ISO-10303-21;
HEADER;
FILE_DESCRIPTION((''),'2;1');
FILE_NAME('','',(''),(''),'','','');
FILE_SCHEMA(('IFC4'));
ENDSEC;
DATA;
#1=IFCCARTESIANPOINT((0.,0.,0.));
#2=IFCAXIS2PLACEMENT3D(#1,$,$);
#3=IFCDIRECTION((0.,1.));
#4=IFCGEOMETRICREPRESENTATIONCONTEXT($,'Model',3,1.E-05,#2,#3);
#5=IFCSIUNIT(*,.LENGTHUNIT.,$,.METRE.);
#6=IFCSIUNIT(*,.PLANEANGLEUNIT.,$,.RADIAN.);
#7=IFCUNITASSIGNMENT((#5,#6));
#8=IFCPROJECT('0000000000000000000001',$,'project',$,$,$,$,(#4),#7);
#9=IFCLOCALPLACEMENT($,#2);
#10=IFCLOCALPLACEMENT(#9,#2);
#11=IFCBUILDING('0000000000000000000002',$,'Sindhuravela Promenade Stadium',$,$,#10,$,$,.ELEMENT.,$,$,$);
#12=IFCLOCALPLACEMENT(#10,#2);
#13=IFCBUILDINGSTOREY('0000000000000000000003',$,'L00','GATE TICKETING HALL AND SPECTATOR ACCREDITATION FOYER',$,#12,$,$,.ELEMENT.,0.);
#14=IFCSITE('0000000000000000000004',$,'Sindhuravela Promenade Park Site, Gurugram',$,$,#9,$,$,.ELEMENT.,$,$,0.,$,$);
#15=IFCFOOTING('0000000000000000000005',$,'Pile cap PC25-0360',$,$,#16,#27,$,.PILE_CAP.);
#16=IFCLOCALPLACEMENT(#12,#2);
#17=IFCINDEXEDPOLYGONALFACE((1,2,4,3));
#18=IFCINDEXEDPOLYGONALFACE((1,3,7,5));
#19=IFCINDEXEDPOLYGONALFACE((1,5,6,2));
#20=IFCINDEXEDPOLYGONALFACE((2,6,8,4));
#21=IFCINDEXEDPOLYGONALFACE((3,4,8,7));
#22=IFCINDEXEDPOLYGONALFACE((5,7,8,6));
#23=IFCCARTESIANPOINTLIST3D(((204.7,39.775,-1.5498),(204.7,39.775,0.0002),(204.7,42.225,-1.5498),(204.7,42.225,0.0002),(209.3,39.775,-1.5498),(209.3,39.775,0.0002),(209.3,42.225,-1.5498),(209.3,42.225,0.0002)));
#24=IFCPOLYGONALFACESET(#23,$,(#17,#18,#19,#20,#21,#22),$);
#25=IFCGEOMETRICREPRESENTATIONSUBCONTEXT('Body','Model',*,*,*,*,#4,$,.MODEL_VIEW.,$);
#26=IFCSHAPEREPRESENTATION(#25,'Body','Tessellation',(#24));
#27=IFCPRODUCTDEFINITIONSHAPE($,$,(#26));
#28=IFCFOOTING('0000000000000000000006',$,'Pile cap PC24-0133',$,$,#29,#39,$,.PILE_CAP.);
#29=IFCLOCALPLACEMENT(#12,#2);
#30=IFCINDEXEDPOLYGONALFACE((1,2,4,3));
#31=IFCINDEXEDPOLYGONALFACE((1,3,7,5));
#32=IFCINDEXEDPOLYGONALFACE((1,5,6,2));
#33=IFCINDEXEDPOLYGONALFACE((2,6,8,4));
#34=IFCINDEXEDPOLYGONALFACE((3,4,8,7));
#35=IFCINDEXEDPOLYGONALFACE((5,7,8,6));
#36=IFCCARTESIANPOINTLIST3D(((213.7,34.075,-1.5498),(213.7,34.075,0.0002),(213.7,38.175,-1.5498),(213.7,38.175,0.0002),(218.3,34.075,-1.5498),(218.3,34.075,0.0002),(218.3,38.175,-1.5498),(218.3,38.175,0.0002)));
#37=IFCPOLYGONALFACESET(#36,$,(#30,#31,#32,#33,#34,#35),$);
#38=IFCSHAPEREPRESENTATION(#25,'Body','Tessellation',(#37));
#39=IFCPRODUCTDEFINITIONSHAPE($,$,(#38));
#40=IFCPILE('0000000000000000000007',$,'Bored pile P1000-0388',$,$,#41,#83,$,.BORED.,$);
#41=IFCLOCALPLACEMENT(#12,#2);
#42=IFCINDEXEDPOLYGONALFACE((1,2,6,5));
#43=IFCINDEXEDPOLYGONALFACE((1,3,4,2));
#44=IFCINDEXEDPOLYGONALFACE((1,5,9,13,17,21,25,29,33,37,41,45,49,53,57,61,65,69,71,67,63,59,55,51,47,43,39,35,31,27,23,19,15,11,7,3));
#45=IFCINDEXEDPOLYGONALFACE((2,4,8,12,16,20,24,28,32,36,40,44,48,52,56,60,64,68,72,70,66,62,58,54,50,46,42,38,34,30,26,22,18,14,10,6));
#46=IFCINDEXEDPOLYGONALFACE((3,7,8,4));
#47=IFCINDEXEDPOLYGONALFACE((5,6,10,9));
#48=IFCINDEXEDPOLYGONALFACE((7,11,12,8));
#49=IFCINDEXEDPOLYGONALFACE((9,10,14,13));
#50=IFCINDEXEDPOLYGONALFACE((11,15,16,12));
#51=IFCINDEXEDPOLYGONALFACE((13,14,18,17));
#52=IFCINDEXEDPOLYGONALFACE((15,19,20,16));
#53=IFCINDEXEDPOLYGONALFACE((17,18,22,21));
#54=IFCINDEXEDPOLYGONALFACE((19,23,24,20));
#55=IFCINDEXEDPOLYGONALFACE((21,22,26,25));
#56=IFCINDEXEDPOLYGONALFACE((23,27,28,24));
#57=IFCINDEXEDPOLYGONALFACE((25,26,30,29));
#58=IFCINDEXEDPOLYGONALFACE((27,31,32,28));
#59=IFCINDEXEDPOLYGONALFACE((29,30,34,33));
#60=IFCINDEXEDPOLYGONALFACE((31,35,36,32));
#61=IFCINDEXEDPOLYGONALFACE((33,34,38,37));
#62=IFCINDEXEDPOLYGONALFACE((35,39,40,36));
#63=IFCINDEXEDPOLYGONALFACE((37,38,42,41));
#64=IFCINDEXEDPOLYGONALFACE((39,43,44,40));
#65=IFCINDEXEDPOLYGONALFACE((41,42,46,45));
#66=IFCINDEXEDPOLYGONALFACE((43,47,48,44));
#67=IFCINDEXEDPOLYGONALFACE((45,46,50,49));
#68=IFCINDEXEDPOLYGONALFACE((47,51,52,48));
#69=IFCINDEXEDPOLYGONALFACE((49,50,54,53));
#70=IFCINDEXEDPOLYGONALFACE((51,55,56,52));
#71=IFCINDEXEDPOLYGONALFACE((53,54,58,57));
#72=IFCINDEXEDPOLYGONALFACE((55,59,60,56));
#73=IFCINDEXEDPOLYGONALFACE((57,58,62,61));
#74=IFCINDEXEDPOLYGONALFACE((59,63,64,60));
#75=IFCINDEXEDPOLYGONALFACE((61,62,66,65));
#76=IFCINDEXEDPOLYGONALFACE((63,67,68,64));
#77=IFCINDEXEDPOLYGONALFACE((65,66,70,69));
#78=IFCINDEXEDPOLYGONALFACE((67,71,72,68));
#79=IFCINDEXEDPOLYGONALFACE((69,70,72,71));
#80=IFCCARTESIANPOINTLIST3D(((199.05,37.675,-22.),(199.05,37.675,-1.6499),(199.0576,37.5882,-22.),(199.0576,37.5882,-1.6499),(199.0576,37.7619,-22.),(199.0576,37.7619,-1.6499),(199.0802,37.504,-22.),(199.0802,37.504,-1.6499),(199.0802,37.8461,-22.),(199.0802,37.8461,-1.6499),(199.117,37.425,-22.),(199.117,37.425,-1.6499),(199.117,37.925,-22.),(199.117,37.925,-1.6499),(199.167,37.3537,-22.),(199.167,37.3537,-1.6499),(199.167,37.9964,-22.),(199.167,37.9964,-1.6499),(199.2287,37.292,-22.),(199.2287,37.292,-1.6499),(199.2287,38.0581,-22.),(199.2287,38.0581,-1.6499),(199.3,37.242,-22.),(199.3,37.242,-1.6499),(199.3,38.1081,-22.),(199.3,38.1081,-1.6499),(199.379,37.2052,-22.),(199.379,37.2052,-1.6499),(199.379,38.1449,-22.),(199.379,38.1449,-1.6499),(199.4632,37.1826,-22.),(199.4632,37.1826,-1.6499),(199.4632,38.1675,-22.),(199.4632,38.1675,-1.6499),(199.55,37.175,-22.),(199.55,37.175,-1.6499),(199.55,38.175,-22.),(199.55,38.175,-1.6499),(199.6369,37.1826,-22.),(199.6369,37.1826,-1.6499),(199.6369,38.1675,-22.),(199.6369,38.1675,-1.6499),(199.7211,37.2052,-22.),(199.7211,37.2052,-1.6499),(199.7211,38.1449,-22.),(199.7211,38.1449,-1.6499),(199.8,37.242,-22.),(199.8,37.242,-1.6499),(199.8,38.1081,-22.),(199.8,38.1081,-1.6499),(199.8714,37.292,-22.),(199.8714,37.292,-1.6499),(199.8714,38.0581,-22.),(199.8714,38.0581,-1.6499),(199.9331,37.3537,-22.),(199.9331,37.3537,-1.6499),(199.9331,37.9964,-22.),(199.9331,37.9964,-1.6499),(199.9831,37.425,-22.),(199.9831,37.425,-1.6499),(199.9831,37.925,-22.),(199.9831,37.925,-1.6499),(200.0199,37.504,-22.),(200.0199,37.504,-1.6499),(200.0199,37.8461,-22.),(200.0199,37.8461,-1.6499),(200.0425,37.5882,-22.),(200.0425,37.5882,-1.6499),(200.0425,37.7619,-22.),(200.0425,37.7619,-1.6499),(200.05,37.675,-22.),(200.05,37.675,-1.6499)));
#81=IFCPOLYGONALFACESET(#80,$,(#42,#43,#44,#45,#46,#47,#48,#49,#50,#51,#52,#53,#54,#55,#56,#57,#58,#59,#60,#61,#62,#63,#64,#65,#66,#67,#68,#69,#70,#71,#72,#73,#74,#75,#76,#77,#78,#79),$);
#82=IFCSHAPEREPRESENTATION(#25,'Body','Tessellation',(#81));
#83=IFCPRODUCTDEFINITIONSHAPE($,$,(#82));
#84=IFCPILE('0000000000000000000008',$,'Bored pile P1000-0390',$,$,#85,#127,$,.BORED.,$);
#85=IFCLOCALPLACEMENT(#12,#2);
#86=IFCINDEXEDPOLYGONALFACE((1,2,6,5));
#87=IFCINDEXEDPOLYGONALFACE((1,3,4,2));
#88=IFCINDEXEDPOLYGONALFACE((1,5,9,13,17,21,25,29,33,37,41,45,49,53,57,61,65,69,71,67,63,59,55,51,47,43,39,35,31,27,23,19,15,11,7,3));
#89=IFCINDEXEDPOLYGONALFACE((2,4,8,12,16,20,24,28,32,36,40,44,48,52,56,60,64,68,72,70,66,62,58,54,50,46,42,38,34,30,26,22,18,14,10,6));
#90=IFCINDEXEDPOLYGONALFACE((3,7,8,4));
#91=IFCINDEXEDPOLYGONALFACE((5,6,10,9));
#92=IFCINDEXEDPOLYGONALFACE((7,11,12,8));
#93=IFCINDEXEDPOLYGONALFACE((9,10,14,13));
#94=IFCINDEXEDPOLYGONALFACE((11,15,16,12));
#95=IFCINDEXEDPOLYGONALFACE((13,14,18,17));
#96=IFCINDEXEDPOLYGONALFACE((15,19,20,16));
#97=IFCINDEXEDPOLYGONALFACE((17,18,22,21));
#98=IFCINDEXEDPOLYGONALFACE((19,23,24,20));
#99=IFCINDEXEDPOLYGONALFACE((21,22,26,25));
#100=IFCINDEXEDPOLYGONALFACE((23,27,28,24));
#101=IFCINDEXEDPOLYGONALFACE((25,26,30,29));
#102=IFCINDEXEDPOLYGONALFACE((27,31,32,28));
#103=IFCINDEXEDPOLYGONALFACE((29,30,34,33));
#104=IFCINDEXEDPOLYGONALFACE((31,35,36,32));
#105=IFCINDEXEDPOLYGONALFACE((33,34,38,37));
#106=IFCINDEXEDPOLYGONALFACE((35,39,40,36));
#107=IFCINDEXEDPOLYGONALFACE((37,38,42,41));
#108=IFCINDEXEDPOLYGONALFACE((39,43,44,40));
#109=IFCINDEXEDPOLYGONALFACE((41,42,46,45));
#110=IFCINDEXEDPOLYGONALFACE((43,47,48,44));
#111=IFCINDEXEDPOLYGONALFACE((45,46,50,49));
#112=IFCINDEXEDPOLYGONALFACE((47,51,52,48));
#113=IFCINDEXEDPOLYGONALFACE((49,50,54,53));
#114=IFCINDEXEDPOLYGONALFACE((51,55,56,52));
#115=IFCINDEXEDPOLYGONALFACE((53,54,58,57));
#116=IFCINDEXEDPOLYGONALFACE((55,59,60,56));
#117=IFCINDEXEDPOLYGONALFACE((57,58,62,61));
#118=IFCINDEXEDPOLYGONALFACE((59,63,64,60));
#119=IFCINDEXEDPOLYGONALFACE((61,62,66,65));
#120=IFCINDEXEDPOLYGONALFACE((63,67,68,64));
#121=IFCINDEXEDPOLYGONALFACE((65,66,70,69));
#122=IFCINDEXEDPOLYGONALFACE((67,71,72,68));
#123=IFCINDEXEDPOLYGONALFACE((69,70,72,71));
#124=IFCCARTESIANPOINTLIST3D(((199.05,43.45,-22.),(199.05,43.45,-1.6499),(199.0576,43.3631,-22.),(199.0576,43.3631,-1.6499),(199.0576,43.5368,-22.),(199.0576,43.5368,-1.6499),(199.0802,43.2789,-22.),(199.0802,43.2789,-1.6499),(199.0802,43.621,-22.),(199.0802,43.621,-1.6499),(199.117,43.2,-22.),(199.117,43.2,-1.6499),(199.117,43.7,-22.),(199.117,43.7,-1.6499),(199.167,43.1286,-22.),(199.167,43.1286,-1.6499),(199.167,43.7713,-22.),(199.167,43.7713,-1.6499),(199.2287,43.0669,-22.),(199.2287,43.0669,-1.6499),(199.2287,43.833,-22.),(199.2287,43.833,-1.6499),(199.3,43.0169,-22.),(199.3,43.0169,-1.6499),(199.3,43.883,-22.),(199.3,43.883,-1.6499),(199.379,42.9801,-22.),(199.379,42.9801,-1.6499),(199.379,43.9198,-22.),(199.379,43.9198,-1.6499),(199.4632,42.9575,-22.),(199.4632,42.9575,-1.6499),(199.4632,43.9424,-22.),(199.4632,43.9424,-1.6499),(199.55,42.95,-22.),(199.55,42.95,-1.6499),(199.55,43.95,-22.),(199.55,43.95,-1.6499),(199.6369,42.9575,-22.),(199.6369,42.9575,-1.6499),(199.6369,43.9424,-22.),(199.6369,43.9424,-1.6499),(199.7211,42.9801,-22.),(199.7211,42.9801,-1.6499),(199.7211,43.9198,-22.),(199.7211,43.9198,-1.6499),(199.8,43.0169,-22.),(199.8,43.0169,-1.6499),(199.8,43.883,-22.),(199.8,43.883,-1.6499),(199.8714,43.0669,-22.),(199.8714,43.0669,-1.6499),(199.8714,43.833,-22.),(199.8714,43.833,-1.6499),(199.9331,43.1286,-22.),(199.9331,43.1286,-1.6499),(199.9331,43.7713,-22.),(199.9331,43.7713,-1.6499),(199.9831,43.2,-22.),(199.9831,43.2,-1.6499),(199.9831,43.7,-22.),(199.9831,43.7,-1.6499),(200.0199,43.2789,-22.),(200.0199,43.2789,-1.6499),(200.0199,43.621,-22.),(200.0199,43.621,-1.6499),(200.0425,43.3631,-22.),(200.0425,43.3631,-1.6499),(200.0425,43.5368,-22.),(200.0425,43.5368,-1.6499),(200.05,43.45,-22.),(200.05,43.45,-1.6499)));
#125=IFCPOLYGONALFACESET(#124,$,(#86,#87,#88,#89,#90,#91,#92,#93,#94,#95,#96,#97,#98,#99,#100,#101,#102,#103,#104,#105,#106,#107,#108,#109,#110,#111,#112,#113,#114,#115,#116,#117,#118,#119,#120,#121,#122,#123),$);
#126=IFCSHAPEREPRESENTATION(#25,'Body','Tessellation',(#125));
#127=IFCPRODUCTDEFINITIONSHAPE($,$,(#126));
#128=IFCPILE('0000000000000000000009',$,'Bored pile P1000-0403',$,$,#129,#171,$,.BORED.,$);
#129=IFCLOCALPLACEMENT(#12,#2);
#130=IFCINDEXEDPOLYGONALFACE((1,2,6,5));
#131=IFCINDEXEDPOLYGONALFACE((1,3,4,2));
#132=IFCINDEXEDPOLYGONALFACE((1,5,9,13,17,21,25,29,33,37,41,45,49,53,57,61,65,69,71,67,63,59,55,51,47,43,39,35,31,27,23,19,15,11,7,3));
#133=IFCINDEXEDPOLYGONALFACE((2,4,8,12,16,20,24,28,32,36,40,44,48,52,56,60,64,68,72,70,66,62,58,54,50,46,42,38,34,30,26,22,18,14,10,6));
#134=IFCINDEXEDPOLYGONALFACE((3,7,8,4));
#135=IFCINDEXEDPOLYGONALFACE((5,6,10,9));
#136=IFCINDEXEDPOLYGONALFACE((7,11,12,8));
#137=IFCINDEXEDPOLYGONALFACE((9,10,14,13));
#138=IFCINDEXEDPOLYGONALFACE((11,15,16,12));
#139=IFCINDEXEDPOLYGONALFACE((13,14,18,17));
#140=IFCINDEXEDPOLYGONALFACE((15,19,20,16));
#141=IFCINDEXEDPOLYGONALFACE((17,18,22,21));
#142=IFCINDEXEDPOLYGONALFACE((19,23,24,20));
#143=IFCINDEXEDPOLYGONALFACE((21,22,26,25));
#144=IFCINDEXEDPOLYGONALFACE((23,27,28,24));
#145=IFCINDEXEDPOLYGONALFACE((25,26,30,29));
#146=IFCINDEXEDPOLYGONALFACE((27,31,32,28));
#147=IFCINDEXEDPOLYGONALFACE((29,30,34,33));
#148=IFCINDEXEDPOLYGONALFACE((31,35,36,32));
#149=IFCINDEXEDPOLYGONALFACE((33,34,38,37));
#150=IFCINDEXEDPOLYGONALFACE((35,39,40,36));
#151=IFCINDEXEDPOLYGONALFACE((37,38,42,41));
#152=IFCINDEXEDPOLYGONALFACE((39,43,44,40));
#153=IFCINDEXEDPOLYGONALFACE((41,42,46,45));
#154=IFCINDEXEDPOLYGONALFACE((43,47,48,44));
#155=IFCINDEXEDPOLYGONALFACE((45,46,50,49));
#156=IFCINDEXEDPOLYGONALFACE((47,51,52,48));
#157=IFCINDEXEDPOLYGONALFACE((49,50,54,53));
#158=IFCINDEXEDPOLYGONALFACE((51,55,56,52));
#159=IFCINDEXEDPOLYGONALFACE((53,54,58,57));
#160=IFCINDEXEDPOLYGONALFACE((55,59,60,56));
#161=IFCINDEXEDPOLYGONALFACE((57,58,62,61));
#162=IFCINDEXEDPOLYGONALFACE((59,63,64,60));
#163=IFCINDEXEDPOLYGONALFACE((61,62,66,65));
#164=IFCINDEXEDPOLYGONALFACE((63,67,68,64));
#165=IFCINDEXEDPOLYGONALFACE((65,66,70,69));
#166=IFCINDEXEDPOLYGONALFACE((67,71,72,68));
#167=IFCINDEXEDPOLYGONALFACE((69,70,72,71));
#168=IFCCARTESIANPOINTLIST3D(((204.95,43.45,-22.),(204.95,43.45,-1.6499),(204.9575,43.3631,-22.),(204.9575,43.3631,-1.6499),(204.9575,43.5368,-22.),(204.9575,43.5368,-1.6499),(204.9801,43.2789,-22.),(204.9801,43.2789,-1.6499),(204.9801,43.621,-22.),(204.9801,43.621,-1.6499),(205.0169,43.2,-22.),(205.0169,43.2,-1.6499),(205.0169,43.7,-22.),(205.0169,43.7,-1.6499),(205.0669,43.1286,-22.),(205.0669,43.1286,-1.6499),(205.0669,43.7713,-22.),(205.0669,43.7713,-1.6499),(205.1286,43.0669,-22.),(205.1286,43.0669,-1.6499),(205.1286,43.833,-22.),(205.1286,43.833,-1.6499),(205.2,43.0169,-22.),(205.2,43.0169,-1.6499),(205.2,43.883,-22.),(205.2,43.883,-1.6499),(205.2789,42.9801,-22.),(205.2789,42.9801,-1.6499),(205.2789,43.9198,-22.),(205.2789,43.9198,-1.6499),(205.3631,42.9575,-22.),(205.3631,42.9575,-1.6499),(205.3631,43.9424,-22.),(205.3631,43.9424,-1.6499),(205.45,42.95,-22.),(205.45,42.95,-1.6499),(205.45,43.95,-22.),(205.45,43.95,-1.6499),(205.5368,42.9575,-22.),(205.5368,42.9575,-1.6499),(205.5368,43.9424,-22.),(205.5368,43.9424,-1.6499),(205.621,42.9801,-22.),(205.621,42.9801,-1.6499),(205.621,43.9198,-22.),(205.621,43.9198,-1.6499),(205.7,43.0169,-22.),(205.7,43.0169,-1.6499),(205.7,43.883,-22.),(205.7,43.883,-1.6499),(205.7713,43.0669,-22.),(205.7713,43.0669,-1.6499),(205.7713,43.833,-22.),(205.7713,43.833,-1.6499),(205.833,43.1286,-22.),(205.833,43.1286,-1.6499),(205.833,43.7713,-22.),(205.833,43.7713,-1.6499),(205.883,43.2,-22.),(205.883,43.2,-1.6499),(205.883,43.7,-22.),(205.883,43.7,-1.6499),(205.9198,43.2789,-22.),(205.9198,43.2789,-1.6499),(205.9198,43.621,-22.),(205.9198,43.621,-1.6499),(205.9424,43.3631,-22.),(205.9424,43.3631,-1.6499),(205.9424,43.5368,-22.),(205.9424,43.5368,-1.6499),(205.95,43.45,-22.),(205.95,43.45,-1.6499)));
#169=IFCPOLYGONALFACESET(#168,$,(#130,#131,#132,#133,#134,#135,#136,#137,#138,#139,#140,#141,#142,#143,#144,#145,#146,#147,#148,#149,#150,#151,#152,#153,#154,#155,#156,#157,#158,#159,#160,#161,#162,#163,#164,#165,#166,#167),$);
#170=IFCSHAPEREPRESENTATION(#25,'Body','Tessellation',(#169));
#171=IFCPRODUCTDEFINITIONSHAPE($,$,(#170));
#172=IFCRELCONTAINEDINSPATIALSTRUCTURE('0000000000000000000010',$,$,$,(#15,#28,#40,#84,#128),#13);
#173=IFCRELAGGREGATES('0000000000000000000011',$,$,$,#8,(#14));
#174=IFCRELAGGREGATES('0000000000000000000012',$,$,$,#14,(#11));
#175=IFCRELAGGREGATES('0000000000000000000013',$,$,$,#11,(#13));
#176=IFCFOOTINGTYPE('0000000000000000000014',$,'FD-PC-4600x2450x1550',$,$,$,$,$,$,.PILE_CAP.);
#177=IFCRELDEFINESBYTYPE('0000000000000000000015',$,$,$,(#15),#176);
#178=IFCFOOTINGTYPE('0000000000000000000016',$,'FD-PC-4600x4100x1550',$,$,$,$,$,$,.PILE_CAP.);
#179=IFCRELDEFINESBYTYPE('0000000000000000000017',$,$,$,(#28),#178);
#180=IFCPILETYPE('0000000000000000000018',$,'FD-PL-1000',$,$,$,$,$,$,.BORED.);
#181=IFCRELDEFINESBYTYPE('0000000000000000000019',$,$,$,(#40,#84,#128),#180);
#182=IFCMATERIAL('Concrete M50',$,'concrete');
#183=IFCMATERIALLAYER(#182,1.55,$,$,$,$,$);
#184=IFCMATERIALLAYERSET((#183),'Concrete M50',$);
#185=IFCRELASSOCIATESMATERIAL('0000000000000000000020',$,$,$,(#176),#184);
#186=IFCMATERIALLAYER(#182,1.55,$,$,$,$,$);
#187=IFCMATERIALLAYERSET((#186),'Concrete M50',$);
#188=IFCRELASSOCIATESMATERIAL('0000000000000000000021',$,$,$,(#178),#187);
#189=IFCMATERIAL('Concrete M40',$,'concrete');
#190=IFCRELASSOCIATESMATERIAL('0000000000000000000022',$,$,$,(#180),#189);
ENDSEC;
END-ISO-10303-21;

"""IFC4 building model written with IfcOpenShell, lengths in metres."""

from ifc_helpers import new_model, si_unit, direction, frame, origin, origin_2d, place, context, subcontext, project, spatial, rectangle, circle, extrude, material, layer, layer_set, material_profile, profile_set, type_object, element, save


model = new_model("IFC4")

# Units and contexts
model_context = context("Model", 3, precision=1e-05, world=origin(), true_north=direction((0.0, 1.0)))
body_context = subcontext(model_context, "Body", "Model", "MODEL_VIEW")
ifc_project = project(units=[si_unit("LENGTHUNIT", "METRE"), si_unit("PLANEANGLEUNIT", "RADIAN")], contexts=[model_context])

# Site, building, storey
site_placement = place(None, origin())
site = spatial("IfcSite", under=ifc_project, at=site_placement, Name="Sindhuravela Promenade Park Site, Gurugram", CompositionType="ELEMENT", RefElevation=0.0)
building_placement = place(site_placement, origin())
building = spatial("IfcBuilding", under=site, at=building_placement, Name="Sindhuravela Promenade Stadium", CompositionType="ELEMENT")
storey_placement = place(building_placement, origin())
storey = spatial("IfcBuildingStorey", under=building, at=storey_placement, Name="L00", Description="GATE TICKETING HALL AND SPECTATOR ACCREDITATION FOYER", CompositionType="ELEMENT", Elevation=0.0)

# Footings
ifc_material_1 = material(Name="Concrete M50", Category="concrete")
ifc_layer_1 = layer(ifc_material_1, 1.55)
ifc_layer_set_1 = layer_set([ifc_layer_1], Name="Concrete M50")
footing_type_1 = type_object("IfcFootingType", Name="FD-PC-4600x2450x1550", PredefinedType="PILE_CAP", material=ifc_layer_set_1)
footing_1_placement = place(storey_placement, frame((207.0, 41.0, -1.5498), z_axis=(0.0, 0.0, 1.0), x_axis=(1.0, 0.0, 0.0)))
element("IfcFooting", 1, at=footing_1_placement, inside=storey, type_object=footing_type_1, Name="Pile cap PC25-0360", PredefinedType="PILE_CAP", context=body_context, shape_type="SweptSolid", body=[
    extrude(rectangle(XDim=4.6001, YDim=2.45, at=origin_2d()), origin(), (0.0, 0.0, 1.0), 1.55),
])
ifc_layer_2 = layer(ifc_material_1, 1.55)
ifc_layer_set_2 = layer_set([ifc_layer_2], Name="Concrete M50")
footing_type_2 = type_object("IfcFootingType", Name="FD-PC-4600x4100x1550", PredefinedType="PILE_CAP", material=ifc_layer_set_2)
footing_2_placement = place(storey_placement, frame((216.0, 36.125, -1.5498), z_axis=(0.0, 0.0, 1.0), x_axis=(1.0, 0.0, 0.0)))
element("IfcFooting", 2, at=footing_2_placement, inside=storey, type_object=footing_type_2, Name="Pile cap PC24-0133", PredefinedType="PILE_CAP", context=body_context, shape_type="SweptSolid", body=[
    extrude(rectangle(XDim=4.6001, YDim=4.1001, at=origin_2d()), origin(), (0.0, 0.0, 1.0), 1.55),
])

# Piles
ifc_material_2 = material(Name="Concrete M40", Category="concrete")
ifc_material_profile_1 = material_profile(ifc_material_2, circle(Radius=0.5, at=origin_2d()), Name="BORED PILE D1000")
ifc_profile_set_1 = profile_set([ifc_material_profile_1], Name="Concrete M40")
pile_type_1 = type_object("IfcPileType", Name="FD-PL-1000", PredefinedType="BORED", material=ifc_profile_set_1)
for number, where, z_axis, x_axis, name in (
    (3, (199.55, 37.675, -1.6499), (0.0, 0.0, -1.0), (1.0, 0.0, 0.0), "Bored pile P1000-0388"),
    (4, (199.55, 43.45, -1.6499), (0.0, 0.0, -1.0), (1.0, 0.0, 0.0), "Bored pile P1000-0390"),
    (5, (205.45, 43.45, -1.6499), (0.0, 0.0, -1.0), (1.0, 0.0, 0.0), "Bored pile P1000-0403"),
):
    element("IfcPile", number, at=place(storey_placement, frame(where, z_axis=z_axis, x_axis=x_axis)), inside=storey, type_object=pile_type_1, Name=name, PredefinedType="BORED", context=body_context, shape_type="SweptSolid", body=[
        extrude(circle(Radius=0.5, at=origin_2d()), origin(), (0.0, 0.0, 1.0), 20.3501),
    ])

save(model, "model.ifc")
